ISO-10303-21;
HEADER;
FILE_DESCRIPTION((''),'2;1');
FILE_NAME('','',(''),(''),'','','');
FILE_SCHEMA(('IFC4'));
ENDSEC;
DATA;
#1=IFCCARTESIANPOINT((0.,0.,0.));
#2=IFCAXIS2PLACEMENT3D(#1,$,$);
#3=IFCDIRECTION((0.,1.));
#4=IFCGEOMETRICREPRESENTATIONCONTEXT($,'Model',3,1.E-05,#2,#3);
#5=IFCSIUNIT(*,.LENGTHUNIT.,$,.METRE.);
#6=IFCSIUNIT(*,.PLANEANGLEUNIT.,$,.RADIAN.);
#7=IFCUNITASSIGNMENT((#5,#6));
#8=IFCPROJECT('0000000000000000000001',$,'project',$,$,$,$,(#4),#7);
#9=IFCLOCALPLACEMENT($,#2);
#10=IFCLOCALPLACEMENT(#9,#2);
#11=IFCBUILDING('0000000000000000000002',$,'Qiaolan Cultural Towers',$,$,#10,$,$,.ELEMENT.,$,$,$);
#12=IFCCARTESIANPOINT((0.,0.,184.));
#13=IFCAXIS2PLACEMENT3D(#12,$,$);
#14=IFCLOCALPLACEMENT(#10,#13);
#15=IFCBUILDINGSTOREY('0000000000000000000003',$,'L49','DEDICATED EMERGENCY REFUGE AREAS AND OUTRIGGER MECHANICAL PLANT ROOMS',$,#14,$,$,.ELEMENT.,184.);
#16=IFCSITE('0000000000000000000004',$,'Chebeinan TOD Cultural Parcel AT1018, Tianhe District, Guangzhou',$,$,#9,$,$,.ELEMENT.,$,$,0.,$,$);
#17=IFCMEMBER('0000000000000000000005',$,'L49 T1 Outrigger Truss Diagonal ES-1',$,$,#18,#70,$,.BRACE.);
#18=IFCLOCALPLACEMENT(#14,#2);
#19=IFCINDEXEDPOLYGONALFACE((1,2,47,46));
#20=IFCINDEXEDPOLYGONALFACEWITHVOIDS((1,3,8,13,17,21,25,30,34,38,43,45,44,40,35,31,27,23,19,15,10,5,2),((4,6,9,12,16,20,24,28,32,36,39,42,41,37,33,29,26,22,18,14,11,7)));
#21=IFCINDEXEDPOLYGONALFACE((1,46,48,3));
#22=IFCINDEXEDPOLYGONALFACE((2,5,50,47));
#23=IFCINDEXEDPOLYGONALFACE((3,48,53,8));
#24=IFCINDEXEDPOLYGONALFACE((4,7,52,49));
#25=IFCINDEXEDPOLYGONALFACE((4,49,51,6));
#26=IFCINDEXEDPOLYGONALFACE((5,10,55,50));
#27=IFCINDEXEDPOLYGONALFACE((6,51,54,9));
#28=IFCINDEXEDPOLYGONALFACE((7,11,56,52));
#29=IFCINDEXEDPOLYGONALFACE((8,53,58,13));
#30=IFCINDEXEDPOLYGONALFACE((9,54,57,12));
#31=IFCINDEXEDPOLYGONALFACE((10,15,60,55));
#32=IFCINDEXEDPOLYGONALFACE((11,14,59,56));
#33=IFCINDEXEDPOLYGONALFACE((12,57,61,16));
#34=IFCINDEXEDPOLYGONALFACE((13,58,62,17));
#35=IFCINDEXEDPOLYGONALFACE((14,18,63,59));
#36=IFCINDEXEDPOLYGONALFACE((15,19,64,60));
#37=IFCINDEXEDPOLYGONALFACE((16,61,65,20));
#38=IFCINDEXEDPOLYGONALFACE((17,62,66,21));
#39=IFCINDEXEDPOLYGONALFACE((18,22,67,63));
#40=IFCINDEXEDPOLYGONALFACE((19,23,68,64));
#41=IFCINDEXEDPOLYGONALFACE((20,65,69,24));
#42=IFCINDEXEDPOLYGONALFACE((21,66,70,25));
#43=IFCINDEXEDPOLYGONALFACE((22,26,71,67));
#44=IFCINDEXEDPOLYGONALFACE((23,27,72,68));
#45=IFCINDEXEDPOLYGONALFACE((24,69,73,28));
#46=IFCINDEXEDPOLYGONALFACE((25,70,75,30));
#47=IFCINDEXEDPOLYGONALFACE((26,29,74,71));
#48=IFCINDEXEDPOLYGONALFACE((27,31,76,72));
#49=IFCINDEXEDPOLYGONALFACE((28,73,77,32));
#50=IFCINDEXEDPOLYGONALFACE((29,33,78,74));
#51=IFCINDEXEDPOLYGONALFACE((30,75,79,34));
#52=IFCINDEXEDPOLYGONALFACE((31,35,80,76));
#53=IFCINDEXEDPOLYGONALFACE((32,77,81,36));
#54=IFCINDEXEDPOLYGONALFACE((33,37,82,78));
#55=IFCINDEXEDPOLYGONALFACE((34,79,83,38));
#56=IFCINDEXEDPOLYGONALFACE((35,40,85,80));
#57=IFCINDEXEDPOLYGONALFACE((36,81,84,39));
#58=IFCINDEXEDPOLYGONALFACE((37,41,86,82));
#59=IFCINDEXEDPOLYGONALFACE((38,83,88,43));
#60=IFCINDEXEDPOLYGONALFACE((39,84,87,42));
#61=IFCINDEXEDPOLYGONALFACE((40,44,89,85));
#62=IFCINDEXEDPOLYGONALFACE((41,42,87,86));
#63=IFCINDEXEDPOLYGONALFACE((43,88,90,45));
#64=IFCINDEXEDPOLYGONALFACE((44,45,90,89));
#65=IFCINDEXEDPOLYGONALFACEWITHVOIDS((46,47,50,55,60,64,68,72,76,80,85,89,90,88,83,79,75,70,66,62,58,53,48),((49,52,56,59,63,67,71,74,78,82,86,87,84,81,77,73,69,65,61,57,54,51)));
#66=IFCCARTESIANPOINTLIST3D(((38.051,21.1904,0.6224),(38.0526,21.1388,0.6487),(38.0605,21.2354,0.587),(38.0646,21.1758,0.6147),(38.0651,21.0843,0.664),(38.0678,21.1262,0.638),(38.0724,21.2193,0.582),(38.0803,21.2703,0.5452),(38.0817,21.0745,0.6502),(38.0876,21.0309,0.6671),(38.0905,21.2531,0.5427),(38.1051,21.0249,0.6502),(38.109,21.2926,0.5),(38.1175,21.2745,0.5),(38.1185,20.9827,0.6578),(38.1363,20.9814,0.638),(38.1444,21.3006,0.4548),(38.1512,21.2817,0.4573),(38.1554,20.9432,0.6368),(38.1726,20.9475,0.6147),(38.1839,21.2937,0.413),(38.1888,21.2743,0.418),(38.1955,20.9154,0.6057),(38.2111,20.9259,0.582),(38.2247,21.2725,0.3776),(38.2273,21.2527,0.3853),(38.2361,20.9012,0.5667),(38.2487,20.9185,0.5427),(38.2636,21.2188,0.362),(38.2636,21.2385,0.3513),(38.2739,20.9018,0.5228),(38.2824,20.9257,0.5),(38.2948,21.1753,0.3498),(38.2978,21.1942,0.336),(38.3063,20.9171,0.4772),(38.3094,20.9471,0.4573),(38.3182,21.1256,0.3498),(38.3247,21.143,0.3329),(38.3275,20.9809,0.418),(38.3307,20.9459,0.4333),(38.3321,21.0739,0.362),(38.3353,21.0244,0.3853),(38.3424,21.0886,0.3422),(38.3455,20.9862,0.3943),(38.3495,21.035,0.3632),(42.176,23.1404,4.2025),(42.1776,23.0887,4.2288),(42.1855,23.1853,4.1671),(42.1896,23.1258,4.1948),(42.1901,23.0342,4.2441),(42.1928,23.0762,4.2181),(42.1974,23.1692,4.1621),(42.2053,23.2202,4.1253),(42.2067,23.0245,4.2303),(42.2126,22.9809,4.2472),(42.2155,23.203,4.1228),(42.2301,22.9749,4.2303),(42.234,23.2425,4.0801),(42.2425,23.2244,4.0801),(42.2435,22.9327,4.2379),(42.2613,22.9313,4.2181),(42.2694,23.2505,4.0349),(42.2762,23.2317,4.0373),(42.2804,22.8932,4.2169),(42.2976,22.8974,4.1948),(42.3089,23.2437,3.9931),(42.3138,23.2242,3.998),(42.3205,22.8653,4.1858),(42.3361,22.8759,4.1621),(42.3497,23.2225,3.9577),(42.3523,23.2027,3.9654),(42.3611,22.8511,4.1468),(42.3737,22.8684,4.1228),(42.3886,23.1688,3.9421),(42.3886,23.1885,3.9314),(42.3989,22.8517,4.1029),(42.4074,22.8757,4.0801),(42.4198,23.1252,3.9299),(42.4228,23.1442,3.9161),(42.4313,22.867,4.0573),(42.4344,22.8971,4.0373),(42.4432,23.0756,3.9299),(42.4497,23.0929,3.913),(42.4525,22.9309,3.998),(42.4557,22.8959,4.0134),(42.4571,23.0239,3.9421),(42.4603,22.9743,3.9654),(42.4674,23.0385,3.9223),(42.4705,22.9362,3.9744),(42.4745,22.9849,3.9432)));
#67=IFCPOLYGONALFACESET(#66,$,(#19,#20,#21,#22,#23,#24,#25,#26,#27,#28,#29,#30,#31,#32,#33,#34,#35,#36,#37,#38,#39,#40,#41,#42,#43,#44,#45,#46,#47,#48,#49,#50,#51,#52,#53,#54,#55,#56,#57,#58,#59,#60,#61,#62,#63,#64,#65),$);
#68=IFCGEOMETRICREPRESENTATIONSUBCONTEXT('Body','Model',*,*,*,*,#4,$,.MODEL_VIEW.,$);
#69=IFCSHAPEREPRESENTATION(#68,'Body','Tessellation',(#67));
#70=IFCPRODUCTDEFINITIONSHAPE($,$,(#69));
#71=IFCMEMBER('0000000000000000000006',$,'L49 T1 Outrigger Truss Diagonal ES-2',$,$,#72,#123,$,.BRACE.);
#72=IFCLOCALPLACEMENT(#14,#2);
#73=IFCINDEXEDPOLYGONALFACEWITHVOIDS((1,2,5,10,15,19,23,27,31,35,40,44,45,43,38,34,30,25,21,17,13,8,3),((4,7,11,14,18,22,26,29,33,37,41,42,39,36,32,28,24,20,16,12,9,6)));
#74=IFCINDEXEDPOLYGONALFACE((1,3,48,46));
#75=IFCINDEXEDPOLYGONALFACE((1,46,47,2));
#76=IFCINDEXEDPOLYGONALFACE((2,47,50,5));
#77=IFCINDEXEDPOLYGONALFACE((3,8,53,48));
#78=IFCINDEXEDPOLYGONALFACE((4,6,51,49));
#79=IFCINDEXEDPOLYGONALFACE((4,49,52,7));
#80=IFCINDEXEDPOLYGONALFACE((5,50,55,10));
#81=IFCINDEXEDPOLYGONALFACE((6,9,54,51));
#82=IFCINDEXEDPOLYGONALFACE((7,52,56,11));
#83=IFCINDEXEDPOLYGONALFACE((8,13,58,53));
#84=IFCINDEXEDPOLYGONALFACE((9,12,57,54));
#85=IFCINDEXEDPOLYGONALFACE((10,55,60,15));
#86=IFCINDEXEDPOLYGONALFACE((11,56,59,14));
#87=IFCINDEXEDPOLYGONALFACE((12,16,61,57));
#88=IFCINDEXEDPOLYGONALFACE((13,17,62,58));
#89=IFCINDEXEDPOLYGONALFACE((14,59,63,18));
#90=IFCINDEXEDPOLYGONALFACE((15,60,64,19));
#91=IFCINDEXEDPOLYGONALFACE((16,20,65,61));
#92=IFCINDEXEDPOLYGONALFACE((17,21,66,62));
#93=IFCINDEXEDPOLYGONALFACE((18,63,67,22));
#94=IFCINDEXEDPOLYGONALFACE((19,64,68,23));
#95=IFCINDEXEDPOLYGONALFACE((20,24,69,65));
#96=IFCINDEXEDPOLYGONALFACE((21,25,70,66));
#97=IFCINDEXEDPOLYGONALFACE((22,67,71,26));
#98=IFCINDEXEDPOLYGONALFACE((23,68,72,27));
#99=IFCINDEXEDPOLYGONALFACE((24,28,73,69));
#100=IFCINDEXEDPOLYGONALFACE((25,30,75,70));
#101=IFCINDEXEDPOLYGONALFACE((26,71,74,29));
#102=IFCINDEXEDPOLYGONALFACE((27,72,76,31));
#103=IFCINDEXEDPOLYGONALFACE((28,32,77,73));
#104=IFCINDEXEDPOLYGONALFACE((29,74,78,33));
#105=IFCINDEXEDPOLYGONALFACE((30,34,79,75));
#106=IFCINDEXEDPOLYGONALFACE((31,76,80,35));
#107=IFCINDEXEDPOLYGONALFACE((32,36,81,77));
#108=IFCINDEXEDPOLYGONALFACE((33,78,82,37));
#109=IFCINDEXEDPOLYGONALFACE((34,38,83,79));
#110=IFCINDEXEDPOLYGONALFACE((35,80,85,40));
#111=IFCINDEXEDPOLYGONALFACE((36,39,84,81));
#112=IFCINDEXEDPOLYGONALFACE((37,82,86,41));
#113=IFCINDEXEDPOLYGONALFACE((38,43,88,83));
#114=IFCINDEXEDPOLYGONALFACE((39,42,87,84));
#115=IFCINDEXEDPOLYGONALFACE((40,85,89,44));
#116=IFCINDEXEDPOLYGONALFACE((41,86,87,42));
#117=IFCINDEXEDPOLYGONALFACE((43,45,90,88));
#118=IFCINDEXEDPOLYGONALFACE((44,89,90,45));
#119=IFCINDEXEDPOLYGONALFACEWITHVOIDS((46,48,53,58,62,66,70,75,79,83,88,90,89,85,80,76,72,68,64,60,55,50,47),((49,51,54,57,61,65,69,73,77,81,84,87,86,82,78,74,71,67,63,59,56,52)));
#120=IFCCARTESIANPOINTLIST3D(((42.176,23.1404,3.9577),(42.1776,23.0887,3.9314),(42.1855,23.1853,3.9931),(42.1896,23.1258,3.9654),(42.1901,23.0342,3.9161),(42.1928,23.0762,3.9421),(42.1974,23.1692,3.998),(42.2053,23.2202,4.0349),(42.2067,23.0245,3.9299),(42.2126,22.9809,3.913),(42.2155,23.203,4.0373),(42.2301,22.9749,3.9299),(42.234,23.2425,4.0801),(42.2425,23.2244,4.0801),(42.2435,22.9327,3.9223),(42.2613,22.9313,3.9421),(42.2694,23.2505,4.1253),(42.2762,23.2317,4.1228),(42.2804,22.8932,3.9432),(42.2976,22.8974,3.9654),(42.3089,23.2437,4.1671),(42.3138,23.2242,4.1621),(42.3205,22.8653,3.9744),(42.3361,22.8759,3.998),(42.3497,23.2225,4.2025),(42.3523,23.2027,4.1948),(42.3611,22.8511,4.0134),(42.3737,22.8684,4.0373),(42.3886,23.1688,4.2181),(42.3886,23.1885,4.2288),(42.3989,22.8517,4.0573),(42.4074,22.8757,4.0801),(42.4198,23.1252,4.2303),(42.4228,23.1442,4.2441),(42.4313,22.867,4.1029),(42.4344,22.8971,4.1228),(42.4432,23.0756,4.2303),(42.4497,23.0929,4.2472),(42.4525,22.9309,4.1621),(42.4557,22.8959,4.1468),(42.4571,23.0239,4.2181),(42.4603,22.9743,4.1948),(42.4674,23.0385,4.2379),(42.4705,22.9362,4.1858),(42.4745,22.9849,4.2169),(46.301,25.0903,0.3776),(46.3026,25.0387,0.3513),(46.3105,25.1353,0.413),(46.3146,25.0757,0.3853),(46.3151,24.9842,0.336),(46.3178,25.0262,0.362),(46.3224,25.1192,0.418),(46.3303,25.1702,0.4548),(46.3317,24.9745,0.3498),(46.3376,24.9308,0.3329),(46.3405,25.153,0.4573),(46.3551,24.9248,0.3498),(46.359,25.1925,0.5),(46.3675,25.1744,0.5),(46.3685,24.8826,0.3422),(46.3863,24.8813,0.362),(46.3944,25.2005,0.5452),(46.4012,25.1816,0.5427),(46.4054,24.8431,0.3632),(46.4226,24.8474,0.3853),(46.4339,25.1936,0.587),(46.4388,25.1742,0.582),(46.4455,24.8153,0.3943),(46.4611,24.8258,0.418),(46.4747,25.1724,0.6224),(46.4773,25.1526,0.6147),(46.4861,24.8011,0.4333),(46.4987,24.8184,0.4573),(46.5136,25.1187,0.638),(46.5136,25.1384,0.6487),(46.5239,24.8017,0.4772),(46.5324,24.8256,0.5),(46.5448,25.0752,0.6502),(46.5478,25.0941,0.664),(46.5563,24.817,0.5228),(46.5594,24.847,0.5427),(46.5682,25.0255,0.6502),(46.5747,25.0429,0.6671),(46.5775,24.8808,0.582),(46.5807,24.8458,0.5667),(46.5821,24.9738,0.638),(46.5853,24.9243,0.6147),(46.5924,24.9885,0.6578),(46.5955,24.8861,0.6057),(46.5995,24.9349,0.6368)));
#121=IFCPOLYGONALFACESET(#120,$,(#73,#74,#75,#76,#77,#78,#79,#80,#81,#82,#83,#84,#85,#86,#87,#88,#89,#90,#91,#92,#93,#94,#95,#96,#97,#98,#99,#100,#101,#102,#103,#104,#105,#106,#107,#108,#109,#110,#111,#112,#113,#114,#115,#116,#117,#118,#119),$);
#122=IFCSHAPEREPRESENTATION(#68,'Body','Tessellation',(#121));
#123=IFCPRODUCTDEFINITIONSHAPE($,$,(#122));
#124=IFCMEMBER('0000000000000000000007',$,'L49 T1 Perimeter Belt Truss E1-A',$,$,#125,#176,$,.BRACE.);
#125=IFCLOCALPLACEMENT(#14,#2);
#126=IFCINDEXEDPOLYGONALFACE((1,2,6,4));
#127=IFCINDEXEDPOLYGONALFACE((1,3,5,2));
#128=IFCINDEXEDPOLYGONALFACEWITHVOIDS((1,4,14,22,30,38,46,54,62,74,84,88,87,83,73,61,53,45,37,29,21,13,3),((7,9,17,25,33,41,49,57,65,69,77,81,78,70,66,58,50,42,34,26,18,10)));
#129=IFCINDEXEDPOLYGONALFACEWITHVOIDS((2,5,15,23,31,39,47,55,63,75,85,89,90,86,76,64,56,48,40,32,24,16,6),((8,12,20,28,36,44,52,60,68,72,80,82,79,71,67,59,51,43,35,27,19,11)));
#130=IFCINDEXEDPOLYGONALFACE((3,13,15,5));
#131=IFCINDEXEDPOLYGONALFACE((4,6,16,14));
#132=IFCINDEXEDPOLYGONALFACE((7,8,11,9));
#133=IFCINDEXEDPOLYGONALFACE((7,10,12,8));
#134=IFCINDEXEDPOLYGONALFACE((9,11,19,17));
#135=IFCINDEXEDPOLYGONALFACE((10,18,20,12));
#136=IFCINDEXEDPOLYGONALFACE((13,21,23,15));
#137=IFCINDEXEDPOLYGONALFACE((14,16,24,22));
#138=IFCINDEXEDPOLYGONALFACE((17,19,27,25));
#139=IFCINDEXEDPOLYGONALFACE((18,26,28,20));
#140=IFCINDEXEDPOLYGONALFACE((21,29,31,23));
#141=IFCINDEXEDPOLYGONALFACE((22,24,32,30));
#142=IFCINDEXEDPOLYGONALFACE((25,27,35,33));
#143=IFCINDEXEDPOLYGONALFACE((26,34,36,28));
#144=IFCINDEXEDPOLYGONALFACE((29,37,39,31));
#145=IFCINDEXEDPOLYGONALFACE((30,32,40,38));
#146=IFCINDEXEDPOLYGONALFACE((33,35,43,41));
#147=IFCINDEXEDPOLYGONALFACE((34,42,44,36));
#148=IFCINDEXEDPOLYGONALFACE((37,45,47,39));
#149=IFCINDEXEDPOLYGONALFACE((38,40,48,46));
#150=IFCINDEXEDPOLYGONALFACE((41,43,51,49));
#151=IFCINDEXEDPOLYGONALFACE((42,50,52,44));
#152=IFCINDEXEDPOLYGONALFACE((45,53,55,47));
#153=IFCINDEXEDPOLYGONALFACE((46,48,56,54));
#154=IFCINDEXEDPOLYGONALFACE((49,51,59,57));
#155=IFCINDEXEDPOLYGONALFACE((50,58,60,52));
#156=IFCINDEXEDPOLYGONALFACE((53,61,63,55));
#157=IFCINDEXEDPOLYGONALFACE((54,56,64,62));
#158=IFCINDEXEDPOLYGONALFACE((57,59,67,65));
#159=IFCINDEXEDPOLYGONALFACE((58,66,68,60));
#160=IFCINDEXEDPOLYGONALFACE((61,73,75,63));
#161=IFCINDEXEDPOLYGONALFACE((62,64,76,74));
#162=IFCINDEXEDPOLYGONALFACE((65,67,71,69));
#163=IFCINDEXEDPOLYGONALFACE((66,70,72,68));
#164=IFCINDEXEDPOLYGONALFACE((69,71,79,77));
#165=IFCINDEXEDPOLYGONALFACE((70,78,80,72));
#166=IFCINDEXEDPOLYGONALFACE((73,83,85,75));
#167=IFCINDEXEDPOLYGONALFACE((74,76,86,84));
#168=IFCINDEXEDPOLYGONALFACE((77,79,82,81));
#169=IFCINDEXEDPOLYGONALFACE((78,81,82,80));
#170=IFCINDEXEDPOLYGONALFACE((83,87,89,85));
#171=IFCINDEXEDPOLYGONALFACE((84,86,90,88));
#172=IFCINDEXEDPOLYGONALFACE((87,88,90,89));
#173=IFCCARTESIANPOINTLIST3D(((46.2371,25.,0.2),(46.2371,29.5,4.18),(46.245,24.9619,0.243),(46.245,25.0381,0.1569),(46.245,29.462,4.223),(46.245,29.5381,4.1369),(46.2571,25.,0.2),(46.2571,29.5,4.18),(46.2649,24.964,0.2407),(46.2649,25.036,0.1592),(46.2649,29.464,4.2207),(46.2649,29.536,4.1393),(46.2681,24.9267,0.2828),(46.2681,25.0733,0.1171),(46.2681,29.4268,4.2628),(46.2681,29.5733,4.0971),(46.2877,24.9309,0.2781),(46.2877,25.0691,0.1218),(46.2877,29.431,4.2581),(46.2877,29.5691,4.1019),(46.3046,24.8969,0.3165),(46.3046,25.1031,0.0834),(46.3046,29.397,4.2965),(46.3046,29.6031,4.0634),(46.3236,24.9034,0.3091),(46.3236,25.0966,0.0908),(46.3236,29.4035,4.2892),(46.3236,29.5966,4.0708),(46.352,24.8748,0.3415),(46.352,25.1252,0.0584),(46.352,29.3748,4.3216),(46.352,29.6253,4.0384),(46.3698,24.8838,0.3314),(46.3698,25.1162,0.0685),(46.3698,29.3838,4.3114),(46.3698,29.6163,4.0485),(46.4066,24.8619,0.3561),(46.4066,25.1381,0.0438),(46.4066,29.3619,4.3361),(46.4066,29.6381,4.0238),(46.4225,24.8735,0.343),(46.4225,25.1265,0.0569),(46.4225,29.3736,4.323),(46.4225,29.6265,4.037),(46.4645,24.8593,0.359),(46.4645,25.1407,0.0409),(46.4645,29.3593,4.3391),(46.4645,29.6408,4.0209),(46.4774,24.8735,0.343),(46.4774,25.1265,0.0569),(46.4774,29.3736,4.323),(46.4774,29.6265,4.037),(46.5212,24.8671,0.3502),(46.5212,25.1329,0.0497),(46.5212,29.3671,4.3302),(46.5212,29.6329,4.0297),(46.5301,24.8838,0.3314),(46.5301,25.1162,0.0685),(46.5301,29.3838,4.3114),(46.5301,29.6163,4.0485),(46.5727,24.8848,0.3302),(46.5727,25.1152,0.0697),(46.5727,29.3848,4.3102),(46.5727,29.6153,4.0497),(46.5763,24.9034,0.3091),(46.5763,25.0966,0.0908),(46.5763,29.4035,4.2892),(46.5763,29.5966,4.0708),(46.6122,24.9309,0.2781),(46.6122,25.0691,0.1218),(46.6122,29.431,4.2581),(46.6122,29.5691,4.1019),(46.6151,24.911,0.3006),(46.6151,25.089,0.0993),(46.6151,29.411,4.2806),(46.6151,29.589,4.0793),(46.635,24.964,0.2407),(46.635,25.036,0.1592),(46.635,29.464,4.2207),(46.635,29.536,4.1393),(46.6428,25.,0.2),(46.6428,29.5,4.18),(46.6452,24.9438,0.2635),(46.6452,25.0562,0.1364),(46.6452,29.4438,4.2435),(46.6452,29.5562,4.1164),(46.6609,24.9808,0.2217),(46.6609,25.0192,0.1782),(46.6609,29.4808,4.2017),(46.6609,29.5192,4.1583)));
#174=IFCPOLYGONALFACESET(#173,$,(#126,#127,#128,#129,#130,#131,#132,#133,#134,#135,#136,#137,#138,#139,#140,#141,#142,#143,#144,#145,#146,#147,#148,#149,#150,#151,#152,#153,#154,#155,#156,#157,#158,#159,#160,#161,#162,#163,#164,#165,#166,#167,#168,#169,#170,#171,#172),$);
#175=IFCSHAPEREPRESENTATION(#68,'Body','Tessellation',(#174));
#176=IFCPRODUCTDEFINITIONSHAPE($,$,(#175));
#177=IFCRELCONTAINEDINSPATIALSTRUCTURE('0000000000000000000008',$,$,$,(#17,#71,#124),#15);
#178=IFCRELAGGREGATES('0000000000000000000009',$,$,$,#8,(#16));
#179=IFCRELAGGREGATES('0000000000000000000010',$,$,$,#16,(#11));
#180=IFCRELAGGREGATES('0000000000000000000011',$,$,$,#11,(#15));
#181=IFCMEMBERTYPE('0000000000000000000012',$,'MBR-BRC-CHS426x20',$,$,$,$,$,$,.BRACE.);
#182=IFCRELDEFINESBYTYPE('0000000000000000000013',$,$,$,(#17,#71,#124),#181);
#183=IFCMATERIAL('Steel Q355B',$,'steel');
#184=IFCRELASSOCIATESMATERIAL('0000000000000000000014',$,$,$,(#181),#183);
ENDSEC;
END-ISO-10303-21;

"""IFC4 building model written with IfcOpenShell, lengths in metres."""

from ifc_helpers import new_model, si_unit, direction, frame, origin, origin_2d, place, context, subcontext, project, spatial, hollow_circle, extrude, material, material_profile, profile_set, type_object, element, save


model = new_model("IFC4")

# Units and contexts
model_context = context("Model", 3, precision=1e-05, world=origin(), true_north=direction((0.0, 1.0)))
body_context = subcontext(model_context, "Body", "Model", "MODEL_VIEW")
ifc_project = project(units=[si_unit("LENGTHUNIT", "METRE"), si_unit("PLANEANGLEUNIT", "RADIAN")], contexts=[model_context])

# Site, building, storey
site_placement = place(None, origin())
site = spatial("IfcSite", under=ifc_project, at=site_placement, Name="Chebeinan TOD Cultural Parcel AT1018, Tianhe District, Guangzhou", CompositionType="ELEMENT", RefElevation=0.0)
building_placement = place(site_placement, origin())
building = spatial("IfcBuilding", under=site, at=building_placement, Name="Qiaolan Cultural Towers", CompositionType="ELEMENT")
storey_placement = place(building_placement, frame((0.0, 0.0, 184.0)))
storey = spatial("IfcBuildingStorey", under=building, at=storey_placement, Name="L49", Description="DEDICATED EMERGENCY REFUGE AREAS AND OUTRIGGER MECHANICAL PLANT ROOMS", CompositionType="ELEMENT", Elevation=184.0)

# Members
ifc_material_1 = material(Name="Steel Q355B", Category="steel")
ifc_material_profile_1 = material_profile(ifc_material_1, hollow_circle(Radius=0.2129, WallThickness=0.02, at=origin_2d()), Name="CHS426x20")
ifc_profile_set_1 = profile_set([ifc_material_profile_1], Name="Steel Q355B")
member_type_1 = type_object("IfcMemberType", Name="MBR-BRC-CHS426x20", PredefinedType="BRACE", material=ifc_profile_set_1)
for number, where, z_axis, x_axis, name in (
    (1, (38.2, 21.1001, 0.5), (0.711261, 0.336224, 0.617302), (-0.427371, 0.904076, 0.0), "L49 T1 Outrigger Truss Diagonal ES-1"),
    (2, (42.325, 23.05, 4.0801), (0.711261, 0.336224, -0.617302), (-0.427371, 0.904076, 0.0), "L49 T1 Outrigger Truss Diagonal ES-2"),
):
    element("IfcMember", number, at=place(storey_placement, frame(where, z_axis=z_axis, x_axis=x_axis)), inside=storey, type_object=member_type_1, Name=name, PredefinedType="BRACE", context=body_context, shape_type="SweptSolid", body=[
        extrude(hollow_circle(Radius=0.2129, WallThickness=0.02, at=origin_2d()), origin(), (0.0, 0.0, 1.0), 5.7996),
    ])
for number, where, z_axis, x_axis, name in (
    (3, (46.45, 25.0, 0.2), (0.0, 0.749062, 0.6625), (-1.0, 0.0, 0.0), "L49 T1 Perimeter Belt Truss E1-A"),
):
    element("IfcMember", number, at=place(storey_placement, frame(where, z_axis=z_axis, x_axis=x_axis)), inside=storey, type_object=member_type_1, Name=name, PredefinedType="BRACE", context=body_context, shape_type="SweptSolid", body=[
        extrude(hollow_circle(Radius=0.2129, WallThickness=0.02, at=origin_2d()), origin(), (0.0, 0.0, 1.0), 6.0076),
    ])

save(model, "model.ifc")
